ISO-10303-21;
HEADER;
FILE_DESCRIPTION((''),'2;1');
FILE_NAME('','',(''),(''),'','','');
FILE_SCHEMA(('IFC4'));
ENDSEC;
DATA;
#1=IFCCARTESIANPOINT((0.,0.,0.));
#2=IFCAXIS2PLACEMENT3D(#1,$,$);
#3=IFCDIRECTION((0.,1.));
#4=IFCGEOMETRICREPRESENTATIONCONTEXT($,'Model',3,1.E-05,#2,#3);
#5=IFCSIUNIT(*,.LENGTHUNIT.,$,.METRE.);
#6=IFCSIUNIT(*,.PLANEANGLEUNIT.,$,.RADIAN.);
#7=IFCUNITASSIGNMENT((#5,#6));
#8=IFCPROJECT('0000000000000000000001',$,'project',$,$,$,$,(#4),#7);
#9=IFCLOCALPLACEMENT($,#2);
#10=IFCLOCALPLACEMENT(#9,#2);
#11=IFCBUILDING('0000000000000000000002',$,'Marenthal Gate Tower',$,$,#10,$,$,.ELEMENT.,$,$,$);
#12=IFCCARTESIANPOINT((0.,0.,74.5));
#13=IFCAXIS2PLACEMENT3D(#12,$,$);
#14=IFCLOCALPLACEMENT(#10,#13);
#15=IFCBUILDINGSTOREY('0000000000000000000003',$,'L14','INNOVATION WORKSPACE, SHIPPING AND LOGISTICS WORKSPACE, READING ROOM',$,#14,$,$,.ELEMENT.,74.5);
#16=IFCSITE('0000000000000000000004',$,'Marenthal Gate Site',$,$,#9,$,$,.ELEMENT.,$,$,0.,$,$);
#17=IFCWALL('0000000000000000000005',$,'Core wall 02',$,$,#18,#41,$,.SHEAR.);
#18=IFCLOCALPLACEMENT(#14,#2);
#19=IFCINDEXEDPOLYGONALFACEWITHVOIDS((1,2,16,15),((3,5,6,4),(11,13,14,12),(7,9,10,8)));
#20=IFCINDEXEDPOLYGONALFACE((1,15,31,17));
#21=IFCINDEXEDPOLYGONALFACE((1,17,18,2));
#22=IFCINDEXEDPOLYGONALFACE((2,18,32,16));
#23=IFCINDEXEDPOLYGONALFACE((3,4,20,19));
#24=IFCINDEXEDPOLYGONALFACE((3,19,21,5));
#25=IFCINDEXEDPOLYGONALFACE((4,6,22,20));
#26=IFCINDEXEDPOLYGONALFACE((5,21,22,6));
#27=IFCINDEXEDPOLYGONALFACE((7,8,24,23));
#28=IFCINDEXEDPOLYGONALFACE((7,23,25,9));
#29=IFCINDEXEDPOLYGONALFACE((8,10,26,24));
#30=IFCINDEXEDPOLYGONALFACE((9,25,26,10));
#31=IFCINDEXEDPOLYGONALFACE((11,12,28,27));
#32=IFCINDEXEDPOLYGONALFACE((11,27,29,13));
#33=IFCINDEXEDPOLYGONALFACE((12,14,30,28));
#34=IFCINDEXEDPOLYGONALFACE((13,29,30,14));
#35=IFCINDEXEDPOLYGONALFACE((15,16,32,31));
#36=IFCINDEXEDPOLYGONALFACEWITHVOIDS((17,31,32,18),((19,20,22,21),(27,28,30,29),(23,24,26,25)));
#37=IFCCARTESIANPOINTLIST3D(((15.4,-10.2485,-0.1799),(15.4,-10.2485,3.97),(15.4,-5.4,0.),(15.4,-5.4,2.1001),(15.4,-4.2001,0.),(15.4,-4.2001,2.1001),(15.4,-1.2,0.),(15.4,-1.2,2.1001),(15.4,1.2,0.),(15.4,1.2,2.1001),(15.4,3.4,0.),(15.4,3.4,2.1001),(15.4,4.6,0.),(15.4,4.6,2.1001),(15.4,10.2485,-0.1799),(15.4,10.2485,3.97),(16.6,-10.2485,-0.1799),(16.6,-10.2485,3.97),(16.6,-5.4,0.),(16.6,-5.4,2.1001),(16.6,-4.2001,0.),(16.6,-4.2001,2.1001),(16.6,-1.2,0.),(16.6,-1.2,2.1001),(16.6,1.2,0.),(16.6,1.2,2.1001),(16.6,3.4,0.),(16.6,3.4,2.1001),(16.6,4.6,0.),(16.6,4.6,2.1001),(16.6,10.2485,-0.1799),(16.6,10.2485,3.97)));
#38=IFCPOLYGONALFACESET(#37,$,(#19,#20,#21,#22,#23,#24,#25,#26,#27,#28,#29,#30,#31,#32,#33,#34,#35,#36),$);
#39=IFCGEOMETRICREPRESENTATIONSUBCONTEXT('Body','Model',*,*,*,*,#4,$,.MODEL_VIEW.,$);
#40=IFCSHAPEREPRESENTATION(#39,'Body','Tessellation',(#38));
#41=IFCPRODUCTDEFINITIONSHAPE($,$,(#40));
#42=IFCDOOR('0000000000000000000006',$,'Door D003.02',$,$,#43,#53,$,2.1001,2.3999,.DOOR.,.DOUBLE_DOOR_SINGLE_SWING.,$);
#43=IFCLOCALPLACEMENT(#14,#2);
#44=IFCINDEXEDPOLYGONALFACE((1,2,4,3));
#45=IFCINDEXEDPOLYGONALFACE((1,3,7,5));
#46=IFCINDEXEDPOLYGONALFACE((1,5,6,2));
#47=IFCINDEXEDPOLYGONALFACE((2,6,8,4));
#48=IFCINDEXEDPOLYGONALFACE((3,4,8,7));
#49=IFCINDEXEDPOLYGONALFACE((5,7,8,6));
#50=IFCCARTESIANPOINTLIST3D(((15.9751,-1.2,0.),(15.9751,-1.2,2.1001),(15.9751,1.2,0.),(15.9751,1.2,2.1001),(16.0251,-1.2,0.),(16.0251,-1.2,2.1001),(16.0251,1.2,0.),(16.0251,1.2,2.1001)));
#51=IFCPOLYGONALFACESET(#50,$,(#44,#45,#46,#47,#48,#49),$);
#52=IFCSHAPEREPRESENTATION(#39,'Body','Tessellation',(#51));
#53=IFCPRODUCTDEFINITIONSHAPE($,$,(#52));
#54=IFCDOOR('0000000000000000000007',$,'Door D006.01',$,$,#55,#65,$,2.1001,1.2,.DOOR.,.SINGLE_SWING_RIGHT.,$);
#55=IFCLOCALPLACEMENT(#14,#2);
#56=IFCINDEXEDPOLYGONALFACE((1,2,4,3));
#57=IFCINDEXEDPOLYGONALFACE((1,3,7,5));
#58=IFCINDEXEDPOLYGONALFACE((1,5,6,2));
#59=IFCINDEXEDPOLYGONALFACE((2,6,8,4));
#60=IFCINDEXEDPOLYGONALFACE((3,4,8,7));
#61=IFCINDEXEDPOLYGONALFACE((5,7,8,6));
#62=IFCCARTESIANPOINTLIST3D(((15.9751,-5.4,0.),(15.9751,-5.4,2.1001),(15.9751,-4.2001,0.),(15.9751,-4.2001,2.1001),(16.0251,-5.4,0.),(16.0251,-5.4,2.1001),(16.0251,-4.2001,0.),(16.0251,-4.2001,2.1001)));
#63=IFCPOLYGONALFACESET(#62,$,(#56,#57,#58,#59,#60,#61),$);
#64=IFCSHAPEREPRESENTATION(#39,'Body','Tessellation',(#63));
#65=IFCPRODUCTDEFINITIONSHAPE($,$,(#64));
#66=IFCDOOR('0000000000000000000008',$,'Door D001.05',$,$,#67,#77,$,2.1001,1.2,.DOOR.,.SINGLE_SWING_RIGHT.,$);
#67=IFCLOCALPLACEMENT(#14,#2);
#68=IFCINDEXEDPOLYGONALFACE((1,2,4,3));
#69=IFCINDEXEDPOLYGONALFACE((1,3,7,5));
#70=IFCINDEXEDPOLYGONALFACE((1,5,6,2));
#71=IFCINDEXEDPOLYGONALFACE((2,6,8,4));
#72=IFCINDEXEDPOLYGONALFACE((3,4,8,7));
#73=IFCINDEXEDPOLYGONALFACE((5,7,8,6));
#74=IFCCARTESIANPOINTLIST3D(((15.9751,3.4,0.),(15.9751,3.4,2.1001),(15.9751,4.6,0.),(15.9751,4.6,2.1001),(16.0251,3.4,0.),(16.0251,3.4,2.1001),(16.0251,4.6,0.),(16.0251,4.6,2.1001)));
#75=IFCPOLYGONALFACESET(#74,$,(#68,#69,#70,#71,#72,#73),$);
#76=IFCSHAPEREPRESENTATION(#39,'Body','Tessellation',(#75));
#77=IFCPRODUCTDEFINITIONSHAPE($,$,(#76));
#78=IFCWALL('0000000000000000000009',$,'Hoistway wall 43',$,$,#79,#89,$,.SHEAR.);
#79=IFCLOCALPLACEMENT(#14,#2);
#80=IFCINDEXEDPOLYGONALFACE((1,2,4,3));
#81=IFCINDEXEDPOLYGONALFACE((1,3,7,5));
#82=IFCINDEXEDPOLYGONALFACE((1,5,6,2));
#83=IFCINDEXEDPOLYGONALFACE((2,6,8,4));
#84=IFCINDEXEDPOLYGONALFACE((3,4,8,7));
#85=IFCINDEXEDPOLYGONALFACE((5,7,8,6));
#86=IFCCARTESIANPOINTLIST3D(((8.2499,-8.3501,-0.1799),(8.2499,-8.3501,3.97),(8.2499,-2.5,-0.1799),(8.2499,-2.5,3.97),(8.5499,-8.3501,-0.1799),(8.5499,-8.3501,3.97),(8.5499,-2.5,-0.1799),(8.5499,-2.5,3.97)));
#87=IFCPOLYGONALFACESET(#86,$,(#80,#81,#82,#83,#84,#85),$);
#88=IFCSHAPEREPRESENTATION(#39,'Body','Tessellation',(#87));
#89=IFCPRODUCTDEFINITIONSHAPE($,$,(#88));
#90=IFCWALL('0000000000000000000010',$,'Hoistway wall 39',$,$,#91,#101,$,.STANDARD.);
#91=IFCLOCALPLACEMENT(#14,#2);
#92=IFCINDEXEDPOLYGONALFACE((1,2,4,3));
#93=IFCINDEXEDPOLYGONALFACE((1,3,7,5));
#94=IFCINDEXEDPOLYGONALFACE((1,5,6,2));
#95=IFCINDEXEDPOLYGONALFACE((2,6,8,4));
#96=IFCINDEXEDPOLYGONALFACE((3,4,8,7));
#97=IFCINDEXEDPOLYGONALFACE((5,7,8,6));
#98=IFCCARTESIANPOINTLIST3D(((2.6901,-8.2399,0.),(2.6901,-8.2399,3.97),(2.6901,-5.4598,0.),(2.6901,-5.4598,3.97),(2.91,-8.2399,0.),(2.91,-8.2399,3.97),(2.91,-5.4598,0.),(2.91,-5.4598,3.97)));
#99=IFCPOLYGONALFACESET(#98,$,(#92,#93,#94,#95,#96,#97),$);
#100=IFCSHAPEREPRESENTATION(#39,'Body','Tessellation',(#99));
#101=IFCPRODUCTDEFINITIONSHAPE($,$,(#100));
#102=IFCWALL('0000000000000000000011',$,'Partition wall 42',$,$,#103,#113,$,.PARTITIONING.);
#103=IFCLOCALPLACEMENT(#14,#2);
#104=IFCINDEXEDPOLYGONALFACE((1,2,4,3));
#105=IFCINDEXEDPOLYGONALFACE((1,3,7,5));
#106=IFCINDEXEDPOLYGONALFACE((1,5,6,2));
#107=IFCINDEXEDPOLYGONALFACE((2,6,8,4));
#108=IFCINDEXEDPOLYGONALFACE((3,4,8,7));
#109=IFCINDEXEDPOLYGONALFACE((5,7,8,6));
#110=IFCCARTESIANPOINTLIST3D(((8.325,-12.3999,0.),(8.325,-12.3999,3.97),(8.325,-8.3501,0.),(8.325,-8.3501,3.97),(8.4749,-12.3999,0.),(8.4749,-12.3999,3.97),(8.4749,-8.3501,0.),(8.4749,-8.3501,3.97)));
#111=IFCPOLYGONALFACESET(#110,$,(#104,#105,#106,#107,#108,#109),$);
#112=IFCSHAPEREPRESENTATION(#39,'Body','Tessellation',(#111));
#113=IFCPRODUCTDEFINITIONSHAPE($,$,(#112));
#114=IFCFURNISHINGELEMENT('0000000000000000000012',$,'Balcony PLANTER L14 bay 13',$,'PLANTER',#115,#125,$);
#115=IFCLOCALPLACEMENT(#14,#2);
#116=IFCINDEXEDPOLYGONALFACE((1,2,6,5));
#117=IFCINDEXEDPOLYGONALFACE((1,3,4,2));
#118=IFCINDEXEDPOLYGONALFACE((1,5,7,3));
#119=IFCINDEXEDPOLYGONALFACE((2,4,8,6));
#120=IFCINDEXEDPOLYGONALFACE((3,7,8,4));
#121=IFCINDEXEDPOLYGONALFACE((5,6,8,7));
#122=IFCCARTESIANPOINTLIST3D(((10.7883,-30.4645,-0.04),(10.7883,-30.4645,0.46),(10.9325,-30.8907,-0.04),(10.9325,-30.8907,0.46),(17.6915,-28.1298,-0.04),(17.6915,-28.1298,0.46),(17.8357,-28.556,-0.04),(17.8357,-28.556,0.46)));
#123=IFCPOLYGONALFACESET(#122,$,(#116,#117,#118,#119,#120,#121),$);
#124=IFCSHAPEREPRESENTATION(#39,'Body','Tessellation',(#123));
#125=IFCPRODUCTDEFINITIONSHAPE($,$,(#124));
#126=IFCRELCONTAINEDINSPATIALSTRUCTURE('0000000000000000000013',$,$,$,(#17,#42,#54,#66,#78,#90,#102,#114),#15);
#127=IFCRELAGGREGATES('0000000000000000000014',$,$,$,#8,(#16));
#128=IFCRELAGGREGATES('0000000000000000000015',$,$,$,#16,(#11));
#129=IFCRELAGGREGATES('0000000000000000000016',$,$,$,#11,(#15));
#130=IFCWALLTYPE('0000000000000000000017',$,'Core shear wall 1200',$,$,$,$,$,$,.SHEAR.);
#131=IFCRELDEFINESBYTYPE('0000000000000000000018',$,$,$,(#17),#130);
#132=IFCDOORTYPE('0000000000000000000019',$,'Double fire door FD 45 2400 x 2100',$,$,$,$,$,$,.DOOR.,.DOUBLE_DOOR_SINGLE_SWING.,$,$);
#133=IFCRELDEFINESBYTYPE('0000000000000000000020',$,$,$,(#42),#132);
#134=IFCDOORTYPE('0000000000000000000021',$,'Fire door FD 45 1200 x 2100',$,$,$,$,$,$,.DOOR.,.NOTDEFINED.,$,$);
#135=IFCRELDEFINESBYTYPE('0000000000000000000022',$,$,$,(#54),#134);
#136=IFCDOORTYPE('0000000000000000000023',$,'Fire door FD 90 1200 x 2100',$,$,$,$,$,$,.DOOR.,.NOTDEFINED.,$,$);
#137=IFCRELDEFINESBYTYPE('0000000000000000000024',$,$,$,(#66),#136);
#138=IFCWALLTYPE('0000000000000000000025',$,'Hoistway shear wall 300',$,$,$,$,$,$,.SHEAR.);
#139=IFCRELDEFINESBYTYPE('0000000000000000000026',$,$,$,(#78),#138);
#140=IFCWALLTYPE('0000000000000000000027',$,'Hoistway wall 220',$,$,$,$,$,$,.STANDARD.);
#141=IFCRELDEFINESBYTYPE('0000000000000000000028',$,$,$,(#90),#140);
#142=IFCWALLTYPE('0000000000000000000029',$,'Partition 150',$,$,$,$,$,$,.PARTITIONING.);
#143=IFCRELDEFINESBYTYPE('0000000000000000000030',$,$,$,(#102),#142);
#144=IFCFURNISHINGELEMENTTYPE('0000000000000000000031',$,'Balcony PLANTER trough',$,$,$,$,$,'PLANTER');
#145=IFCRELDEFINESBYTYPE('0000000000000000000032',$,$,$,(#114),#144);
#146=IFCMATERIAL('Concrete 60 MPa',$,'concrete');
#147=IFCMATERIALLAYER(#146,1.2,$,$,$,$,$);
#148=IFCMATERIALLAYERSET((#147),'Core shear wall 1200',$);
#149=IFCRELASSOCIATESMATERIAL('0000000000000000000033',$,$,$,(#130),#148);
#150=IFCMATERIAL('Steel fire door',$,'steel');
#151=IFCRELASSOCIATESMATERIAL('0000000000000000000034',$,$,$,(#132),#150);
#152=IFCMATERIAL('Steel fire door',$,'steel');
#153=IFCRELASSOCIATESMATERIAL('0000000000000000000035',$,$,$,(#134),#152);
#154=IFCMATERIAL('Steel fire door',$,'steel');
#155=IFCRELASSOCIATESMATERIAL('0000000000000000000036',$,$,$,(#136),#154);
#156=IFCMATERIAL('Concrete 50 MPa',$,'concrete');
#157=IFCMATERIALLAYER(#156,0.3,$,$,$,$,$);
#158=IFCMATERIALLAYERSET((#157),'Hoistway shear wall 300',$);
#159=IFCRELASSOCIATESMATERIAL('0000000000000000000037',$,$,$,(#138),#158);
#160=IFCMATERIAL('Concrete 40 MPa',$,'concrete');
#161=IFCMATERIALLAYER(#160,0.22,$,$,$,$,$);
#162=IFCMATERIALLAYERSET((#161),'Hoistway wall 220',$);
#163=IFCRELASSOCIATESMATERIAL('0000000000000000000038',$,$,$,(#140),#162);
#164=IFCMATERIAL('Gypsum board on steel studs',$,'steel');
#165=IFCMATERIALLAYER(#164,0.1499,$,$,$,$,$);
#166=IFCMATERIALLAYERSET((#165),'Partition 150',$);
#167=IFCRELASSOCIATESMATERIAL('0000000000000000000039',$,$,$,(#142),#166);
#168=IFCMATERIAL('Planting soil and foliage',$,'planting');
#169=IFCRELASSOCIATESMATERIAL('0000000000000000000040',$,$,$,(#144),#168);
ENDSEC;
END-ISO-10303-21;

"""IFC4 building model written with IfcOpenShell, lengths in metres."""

from ifc_helpers import new_model, si_unit, direction, frame, frame_2d, origin, origin_2d, place, context, subcontext, project, spatial, rectangle, extrude, material, layer, layer_set, type_object, element, fill, save


model = new_model("IFC4")

# Units and contexts
model_context = context("Model", 3, precision=1e-05, world=origin(), true_north=direction((0.0, 1.0)))
body_context = subcontext(model_context, "Body", "Model", "MODEL_VIEW")
ifc_project = project(units=[si_unit("LENGTHUNIT", "METRE"), si_unit("PLANEANGLEUNIT", "RADIAN")], contexts=[model_context])

# Site, building, storey
site_placement = place(None, origin())
site = spatial("IfcSite", under=ifc_project, at=site_placement, Name="Marenthal Gate Site", CompositionType="ELEMENT", RefElevation=0.0)
building_placement = place(site_placement, origin())
building = spatial("IfcBuilding", under=site, at=building_placement, Name="Marenthal Gate Tower", CompositionType="ELEMENT")
storey_placement = place(building_placement, frame((0.0, 0.0, 74.5)))
storey = spatial("IfcBuildingStorey", under=building, at=storey_placement, Name="L14", Description="INNOVATION WORKSPACE, SHIPPING AND LOGISTICS WORKSPACE, READING ROOM", CompositionType="ELEMENT", Elevation=74.5)

# Shared definitions
ifc_material_1 = material(Name="Concrete 60 MPa", Category="concrete")
ifc_layer_1 = layer(ifc_material_1, 1.2)
ifc_layer_set_1 = layer_set([ifc_layer_1], Name="Core shear wall 1200")
wall_type_1 = type_object("IfcWallType", Name="Core shear wall 1200", PredefinedType="SHEAR", material=ifc_layer_set_1)

# Wall, openings, doors
wall_1_placement = place(storey_placement, frame((16.0, -10.2485, -0.1799), z_axis=(0.0, 0.0, 1.0), x_axis=(0.0, 1.0, 0.0)))
wall_1 = element("IfcWall", 1, at=wall_1_placement, inside=storey, type_object=wall_type_1, Name="Core wall 02", PredefinedType="SHEAR", context=body_context, shape_type="SweptSolid", body=[
    extrude(rectangle(XDim=20.4971, YDim=1.2, at=frame_2d((10.2485, 0.0))), origin(), (0.0, 0.0, 1.0), 4.1499),
])
opening_1_placement = place(wall_1_placement, frame((9.0486, 0.0, 0.1799)))
opening_1 = element("IfcOpeningElement", 2, at=opening_1_placement, cuts=wall_1, PredefinedType="OPENING", context=body_context, shape_type="SweptSolid", body=[
    extrude(rectangle(XDim=2.3999, YDim=2.1001, at=frame_2d((1.2, 1.05))), frame((0.0, 0.6099, 0.0), z_axis=(0.0, -1.0, 0.0), x_axis=(1.0, 0.0, 0.0)), (0.0, 0.0, 1.0), 1.22),
])
opening_2_placement = place(wall_1_placement, frame((13.6484, 0.0, 0.1799)))
opening_2 = element("IfcOpeningElement", 3, at=opening_2_placement, cuts=wall_1, PredefinedType="OPENING", context=body_context, shape_type="SweptSolid", body=[
    extrude(rectangle(XDim=1.2, YDim=2.1001, at=frame_2d((0.6001, 1.05))), frame((0.0, 0.6099, 0.0), z_axis=(0.0, -1.0, 0.0), x_axis=(1.0, 0.0, 0.0)), (0.0, 0.0, 1.0), 1.22),
])
opening_3_placement = place(wall_1_placement, frame((4.8484, 0.0, 0.1799)))
opening_3 = element("IfcOpeningElement", 4, at=opening_3_placement, cuts=wall_1, PredefinedType="OPENING", context=body_context, shape_type="SweptSolid", body=[
    extrude(rectangle(XDim=1.2, YDim=2.1001, at=frame_2d((0.6001, 1.05))), frame((0.0, 0.6099, 0.0), z_axis=(0.0, -1.0, 0.0), x_axis=(1.0, 0.0, 0.0)), (0.0, 0.0, 1.0), 1.22),
])
ifc_material_2 = material(Name="Steel fire door", Category="steel")
door_type_1 = type_object("IfcDoorType", Name="Double fire door FD 45 2400 x 2100", OperationType="DOUBLE_DOOR_SINGLE_SWING", PredefinedType="DOOR", material=ifc_material_2)
door_1_placement = place(opening_1_placement, origin())
door_1 = element("IfcDoor", 5, at=door_1_placement, inside=storey, type_object=door_type_1, Name="Door D003.02", OperationType="DOUBLE_DOOR_SINGLE_SWING", OverallHeight=2.1001, OverallWidth=2.3999, PredefinedType="DOOR", context=body_context, shape_type="SweptSolid", body=[
    extrude(rectangle(XDim=2.3999, YDim=2.1001, at=frame_2d((1.2, 1.05))), frame((0.0, 0.0249, 0.0), z_axis=(0.0, -1.0, 0.0), x_axis=(1.0, 0.0, 0.0)), (0.0, 0.0, 1.0), 0.05),
])
fill(opening_1, door_1)
ifc_material_3 = material(Name="Steel fire door", Category="steel")
door_type_2 = type_object("IfcDoorType", Name="Fire door FD 45 1200 x 2100", OperationType="NOTDEFINED", PredefinedType="DOOR", material=ifc_material_3)
door_2_placement = place(opening_3_placement, origin())
door_2 = element("IfcDoor", 6, at=door_2_placement, inside=storey, type_object=door_type_2, Name="Door D006.01", OperationType="SINGLE_SWING_RIGHT", OverallHeight=2.1001, OverallWidth=1.2, PredefinedType="DOOR", context=body_context, shape_type="SweptSolid", body=[
    extrude(rectangle(XDim=1.2, YDim=2.1001, at=frame_2d((0.6001, 1.05))), frame((0.0, 0.0249, 0.0), z_axis=(0.0, -1.0, 0.0), x_axis=(1.0, 0.0, 0.0)), (0.0, 0.0, 1.0), 0.05),
])
fill(opening_3, door_2)
ifc_material_4 = material(Name="Steel fire door", Category="steel")
door_type_3 = type_object("IfcDoorType", Name="Fire door FD 90 1200 x 2100", OperationType="NOTDEFINED", PredefinedType="DOOR", material=ifc_material_4)
door_3_placement = place(opening_2_placement, origin())
door_3 = element("IfcDoor", 7, at=door_3_placement, inside=storey, type_object=door_type_3, Name="Door D001.05", OperationType="SINGLE_SWING_RIGHT", OverallHeight=2.1001, OverallWidth=1.2, PredefinedType="DOOR", context=body_context, shape_type="SweptSolid", body=[
    extrude(rectangle(XDim=1.2, YDim=2.1001, at=frame_2d((0.6001, 1.05))), frame((0.0, 0.0249, 0.0), z_axis=(0.0, -1.0, 0.0), x_axis=(1.0, 0.0, 0.0)), (0.0, 0.0, 1.0), 0.05),
])
fill(opening_2, door_3)

# Walls
ifc_material_5 = material(Name="Concrete 50 MPa", Category="concrete")
ifc_layer_2 = layer(ifc_material_5, 0.3)
ifc_layer_set_2 = layer_set([ifc_layer_2], Name="Hoistway shear wall 300")
wall_type_2 = type_object("IfcWallType", Name="Hoistway shear wall 300", PredefinedType="SHEAR", material=ifc_layer_set_2)
wall_2_placement = place(storey_placement, frame((8.3999, -8.3501, -0.1799), z_axis=(0.0, 0.0, 1.0), x_axis=(0.0, 1.0, 0.0)))
element("IfcWall", 8, at=wall_2_placement, inside=storey, type_object=wall_type_2, Name="Hoistway wall 43", PredefinedType="SHEAR", context=body_context, shape_type="SweptSolid", body=[
    extrude(rectangle(XDim=5.8501, YDim=0.3, at=frame_2d((2.925, 0.0))), origin(), (0.0, 0.0, 1.0), 4.1499),
])
ifc_material_6 = material(Name="Concrete 40 MPa", Category="concrete")
ifc_layer_3 = layer(ifc_material_6, 0.22)
ifc_layer_set_3 = layer_set([ifc_layer_3], Name="Hoistway wall 220")
wall_type_3 = type_object("IfcWallType", Name="Hoistway wall 220", PredefinedType="STANDARD", material=ifc_layer_set_3)
wall_3_placement = place(storey_placement, frame((2.8, -8.24, 0.0), z_axis=(0.0, 0.0, 1.0), x_axis=(0.0, 1.0, 0.0)))
element("IfcWall", 9, at=wall_3_placement, inside=storey, type_object=wall_type_3, Name="Hoistway wall 39", PredefinedType="STANDARD", context=body_context, shape_type="SweptSolid", body=[
    extrude(rectangle(XDim=2.78, YDim=0.22, at=frame_2d((1.3901, 0.0))), origin(), (0.0, 0.0, 1.0), 3.97),
])
ifc_material_7 = material(Name="Gypsum board on steel studs", Category="steel")
ifc_layer_4 = layer(ifc_material_7, 0.1499)
ifc_layer_set_4 = layer_set([ifc_layer_4], Name="Partition 150")
wall_type_4 = type_object("IfcWallType", Name="Partition 150", PredefinedType="PARTITIONING", material=ifc_layer_set_4)
wall_4_placement = place(storey_placement, frame((8.3999, -12.3999, 0.0), z_axis=(0.0, 0.0, 1.0), x_axis=(0.0, 1.0, 0.0)))
element("IfcWall", 10, at=wall_4_placement, inside=storey, type_object=wall_type_4, Name="Partition wall 42", PredefinedType="PARTITIONING", context=body_context, shape_type="SweptSolid", body=[
    extrude(rectangle(XDim=4.0498, YDim=0.1499, at=frame_2d((2.0249, 0.0))), origin(), (0.0, 0.0, 1.0), 3.97),
])

# Furnishing element
ifc_material_8 = material(Name="Planting soil and foliage", Category="planting")
furnishing_element_type = type_object("IfcFurnishingElementType", Name="Balcony PLANTER trough", ElementType="PLANTER", material=ifc_material_8)
furnishing_placement = place(storey_placement, frame((14.312, -29.5103, -0.04), z_axis=(0.0, 0.0, 1.0), x_axis=(0.947289, 0.320381, 0.0)))
element("IfcFurnishingElement", 11, at=furnishing_placement, inside=storey, type_object=furnishing_element_type, Name="Balcony PLANTER L14 bay 13", ObjectType="PLANTER", context=body_context, shape_type="SweptSolid", body=[
    extrude(rectangle(XDim=7.2874, YDim=0.45, at=origin_2d()), origin(), (0.0, 0.0, 1.0), 0.5),
])

save(model, "model.ifc")
